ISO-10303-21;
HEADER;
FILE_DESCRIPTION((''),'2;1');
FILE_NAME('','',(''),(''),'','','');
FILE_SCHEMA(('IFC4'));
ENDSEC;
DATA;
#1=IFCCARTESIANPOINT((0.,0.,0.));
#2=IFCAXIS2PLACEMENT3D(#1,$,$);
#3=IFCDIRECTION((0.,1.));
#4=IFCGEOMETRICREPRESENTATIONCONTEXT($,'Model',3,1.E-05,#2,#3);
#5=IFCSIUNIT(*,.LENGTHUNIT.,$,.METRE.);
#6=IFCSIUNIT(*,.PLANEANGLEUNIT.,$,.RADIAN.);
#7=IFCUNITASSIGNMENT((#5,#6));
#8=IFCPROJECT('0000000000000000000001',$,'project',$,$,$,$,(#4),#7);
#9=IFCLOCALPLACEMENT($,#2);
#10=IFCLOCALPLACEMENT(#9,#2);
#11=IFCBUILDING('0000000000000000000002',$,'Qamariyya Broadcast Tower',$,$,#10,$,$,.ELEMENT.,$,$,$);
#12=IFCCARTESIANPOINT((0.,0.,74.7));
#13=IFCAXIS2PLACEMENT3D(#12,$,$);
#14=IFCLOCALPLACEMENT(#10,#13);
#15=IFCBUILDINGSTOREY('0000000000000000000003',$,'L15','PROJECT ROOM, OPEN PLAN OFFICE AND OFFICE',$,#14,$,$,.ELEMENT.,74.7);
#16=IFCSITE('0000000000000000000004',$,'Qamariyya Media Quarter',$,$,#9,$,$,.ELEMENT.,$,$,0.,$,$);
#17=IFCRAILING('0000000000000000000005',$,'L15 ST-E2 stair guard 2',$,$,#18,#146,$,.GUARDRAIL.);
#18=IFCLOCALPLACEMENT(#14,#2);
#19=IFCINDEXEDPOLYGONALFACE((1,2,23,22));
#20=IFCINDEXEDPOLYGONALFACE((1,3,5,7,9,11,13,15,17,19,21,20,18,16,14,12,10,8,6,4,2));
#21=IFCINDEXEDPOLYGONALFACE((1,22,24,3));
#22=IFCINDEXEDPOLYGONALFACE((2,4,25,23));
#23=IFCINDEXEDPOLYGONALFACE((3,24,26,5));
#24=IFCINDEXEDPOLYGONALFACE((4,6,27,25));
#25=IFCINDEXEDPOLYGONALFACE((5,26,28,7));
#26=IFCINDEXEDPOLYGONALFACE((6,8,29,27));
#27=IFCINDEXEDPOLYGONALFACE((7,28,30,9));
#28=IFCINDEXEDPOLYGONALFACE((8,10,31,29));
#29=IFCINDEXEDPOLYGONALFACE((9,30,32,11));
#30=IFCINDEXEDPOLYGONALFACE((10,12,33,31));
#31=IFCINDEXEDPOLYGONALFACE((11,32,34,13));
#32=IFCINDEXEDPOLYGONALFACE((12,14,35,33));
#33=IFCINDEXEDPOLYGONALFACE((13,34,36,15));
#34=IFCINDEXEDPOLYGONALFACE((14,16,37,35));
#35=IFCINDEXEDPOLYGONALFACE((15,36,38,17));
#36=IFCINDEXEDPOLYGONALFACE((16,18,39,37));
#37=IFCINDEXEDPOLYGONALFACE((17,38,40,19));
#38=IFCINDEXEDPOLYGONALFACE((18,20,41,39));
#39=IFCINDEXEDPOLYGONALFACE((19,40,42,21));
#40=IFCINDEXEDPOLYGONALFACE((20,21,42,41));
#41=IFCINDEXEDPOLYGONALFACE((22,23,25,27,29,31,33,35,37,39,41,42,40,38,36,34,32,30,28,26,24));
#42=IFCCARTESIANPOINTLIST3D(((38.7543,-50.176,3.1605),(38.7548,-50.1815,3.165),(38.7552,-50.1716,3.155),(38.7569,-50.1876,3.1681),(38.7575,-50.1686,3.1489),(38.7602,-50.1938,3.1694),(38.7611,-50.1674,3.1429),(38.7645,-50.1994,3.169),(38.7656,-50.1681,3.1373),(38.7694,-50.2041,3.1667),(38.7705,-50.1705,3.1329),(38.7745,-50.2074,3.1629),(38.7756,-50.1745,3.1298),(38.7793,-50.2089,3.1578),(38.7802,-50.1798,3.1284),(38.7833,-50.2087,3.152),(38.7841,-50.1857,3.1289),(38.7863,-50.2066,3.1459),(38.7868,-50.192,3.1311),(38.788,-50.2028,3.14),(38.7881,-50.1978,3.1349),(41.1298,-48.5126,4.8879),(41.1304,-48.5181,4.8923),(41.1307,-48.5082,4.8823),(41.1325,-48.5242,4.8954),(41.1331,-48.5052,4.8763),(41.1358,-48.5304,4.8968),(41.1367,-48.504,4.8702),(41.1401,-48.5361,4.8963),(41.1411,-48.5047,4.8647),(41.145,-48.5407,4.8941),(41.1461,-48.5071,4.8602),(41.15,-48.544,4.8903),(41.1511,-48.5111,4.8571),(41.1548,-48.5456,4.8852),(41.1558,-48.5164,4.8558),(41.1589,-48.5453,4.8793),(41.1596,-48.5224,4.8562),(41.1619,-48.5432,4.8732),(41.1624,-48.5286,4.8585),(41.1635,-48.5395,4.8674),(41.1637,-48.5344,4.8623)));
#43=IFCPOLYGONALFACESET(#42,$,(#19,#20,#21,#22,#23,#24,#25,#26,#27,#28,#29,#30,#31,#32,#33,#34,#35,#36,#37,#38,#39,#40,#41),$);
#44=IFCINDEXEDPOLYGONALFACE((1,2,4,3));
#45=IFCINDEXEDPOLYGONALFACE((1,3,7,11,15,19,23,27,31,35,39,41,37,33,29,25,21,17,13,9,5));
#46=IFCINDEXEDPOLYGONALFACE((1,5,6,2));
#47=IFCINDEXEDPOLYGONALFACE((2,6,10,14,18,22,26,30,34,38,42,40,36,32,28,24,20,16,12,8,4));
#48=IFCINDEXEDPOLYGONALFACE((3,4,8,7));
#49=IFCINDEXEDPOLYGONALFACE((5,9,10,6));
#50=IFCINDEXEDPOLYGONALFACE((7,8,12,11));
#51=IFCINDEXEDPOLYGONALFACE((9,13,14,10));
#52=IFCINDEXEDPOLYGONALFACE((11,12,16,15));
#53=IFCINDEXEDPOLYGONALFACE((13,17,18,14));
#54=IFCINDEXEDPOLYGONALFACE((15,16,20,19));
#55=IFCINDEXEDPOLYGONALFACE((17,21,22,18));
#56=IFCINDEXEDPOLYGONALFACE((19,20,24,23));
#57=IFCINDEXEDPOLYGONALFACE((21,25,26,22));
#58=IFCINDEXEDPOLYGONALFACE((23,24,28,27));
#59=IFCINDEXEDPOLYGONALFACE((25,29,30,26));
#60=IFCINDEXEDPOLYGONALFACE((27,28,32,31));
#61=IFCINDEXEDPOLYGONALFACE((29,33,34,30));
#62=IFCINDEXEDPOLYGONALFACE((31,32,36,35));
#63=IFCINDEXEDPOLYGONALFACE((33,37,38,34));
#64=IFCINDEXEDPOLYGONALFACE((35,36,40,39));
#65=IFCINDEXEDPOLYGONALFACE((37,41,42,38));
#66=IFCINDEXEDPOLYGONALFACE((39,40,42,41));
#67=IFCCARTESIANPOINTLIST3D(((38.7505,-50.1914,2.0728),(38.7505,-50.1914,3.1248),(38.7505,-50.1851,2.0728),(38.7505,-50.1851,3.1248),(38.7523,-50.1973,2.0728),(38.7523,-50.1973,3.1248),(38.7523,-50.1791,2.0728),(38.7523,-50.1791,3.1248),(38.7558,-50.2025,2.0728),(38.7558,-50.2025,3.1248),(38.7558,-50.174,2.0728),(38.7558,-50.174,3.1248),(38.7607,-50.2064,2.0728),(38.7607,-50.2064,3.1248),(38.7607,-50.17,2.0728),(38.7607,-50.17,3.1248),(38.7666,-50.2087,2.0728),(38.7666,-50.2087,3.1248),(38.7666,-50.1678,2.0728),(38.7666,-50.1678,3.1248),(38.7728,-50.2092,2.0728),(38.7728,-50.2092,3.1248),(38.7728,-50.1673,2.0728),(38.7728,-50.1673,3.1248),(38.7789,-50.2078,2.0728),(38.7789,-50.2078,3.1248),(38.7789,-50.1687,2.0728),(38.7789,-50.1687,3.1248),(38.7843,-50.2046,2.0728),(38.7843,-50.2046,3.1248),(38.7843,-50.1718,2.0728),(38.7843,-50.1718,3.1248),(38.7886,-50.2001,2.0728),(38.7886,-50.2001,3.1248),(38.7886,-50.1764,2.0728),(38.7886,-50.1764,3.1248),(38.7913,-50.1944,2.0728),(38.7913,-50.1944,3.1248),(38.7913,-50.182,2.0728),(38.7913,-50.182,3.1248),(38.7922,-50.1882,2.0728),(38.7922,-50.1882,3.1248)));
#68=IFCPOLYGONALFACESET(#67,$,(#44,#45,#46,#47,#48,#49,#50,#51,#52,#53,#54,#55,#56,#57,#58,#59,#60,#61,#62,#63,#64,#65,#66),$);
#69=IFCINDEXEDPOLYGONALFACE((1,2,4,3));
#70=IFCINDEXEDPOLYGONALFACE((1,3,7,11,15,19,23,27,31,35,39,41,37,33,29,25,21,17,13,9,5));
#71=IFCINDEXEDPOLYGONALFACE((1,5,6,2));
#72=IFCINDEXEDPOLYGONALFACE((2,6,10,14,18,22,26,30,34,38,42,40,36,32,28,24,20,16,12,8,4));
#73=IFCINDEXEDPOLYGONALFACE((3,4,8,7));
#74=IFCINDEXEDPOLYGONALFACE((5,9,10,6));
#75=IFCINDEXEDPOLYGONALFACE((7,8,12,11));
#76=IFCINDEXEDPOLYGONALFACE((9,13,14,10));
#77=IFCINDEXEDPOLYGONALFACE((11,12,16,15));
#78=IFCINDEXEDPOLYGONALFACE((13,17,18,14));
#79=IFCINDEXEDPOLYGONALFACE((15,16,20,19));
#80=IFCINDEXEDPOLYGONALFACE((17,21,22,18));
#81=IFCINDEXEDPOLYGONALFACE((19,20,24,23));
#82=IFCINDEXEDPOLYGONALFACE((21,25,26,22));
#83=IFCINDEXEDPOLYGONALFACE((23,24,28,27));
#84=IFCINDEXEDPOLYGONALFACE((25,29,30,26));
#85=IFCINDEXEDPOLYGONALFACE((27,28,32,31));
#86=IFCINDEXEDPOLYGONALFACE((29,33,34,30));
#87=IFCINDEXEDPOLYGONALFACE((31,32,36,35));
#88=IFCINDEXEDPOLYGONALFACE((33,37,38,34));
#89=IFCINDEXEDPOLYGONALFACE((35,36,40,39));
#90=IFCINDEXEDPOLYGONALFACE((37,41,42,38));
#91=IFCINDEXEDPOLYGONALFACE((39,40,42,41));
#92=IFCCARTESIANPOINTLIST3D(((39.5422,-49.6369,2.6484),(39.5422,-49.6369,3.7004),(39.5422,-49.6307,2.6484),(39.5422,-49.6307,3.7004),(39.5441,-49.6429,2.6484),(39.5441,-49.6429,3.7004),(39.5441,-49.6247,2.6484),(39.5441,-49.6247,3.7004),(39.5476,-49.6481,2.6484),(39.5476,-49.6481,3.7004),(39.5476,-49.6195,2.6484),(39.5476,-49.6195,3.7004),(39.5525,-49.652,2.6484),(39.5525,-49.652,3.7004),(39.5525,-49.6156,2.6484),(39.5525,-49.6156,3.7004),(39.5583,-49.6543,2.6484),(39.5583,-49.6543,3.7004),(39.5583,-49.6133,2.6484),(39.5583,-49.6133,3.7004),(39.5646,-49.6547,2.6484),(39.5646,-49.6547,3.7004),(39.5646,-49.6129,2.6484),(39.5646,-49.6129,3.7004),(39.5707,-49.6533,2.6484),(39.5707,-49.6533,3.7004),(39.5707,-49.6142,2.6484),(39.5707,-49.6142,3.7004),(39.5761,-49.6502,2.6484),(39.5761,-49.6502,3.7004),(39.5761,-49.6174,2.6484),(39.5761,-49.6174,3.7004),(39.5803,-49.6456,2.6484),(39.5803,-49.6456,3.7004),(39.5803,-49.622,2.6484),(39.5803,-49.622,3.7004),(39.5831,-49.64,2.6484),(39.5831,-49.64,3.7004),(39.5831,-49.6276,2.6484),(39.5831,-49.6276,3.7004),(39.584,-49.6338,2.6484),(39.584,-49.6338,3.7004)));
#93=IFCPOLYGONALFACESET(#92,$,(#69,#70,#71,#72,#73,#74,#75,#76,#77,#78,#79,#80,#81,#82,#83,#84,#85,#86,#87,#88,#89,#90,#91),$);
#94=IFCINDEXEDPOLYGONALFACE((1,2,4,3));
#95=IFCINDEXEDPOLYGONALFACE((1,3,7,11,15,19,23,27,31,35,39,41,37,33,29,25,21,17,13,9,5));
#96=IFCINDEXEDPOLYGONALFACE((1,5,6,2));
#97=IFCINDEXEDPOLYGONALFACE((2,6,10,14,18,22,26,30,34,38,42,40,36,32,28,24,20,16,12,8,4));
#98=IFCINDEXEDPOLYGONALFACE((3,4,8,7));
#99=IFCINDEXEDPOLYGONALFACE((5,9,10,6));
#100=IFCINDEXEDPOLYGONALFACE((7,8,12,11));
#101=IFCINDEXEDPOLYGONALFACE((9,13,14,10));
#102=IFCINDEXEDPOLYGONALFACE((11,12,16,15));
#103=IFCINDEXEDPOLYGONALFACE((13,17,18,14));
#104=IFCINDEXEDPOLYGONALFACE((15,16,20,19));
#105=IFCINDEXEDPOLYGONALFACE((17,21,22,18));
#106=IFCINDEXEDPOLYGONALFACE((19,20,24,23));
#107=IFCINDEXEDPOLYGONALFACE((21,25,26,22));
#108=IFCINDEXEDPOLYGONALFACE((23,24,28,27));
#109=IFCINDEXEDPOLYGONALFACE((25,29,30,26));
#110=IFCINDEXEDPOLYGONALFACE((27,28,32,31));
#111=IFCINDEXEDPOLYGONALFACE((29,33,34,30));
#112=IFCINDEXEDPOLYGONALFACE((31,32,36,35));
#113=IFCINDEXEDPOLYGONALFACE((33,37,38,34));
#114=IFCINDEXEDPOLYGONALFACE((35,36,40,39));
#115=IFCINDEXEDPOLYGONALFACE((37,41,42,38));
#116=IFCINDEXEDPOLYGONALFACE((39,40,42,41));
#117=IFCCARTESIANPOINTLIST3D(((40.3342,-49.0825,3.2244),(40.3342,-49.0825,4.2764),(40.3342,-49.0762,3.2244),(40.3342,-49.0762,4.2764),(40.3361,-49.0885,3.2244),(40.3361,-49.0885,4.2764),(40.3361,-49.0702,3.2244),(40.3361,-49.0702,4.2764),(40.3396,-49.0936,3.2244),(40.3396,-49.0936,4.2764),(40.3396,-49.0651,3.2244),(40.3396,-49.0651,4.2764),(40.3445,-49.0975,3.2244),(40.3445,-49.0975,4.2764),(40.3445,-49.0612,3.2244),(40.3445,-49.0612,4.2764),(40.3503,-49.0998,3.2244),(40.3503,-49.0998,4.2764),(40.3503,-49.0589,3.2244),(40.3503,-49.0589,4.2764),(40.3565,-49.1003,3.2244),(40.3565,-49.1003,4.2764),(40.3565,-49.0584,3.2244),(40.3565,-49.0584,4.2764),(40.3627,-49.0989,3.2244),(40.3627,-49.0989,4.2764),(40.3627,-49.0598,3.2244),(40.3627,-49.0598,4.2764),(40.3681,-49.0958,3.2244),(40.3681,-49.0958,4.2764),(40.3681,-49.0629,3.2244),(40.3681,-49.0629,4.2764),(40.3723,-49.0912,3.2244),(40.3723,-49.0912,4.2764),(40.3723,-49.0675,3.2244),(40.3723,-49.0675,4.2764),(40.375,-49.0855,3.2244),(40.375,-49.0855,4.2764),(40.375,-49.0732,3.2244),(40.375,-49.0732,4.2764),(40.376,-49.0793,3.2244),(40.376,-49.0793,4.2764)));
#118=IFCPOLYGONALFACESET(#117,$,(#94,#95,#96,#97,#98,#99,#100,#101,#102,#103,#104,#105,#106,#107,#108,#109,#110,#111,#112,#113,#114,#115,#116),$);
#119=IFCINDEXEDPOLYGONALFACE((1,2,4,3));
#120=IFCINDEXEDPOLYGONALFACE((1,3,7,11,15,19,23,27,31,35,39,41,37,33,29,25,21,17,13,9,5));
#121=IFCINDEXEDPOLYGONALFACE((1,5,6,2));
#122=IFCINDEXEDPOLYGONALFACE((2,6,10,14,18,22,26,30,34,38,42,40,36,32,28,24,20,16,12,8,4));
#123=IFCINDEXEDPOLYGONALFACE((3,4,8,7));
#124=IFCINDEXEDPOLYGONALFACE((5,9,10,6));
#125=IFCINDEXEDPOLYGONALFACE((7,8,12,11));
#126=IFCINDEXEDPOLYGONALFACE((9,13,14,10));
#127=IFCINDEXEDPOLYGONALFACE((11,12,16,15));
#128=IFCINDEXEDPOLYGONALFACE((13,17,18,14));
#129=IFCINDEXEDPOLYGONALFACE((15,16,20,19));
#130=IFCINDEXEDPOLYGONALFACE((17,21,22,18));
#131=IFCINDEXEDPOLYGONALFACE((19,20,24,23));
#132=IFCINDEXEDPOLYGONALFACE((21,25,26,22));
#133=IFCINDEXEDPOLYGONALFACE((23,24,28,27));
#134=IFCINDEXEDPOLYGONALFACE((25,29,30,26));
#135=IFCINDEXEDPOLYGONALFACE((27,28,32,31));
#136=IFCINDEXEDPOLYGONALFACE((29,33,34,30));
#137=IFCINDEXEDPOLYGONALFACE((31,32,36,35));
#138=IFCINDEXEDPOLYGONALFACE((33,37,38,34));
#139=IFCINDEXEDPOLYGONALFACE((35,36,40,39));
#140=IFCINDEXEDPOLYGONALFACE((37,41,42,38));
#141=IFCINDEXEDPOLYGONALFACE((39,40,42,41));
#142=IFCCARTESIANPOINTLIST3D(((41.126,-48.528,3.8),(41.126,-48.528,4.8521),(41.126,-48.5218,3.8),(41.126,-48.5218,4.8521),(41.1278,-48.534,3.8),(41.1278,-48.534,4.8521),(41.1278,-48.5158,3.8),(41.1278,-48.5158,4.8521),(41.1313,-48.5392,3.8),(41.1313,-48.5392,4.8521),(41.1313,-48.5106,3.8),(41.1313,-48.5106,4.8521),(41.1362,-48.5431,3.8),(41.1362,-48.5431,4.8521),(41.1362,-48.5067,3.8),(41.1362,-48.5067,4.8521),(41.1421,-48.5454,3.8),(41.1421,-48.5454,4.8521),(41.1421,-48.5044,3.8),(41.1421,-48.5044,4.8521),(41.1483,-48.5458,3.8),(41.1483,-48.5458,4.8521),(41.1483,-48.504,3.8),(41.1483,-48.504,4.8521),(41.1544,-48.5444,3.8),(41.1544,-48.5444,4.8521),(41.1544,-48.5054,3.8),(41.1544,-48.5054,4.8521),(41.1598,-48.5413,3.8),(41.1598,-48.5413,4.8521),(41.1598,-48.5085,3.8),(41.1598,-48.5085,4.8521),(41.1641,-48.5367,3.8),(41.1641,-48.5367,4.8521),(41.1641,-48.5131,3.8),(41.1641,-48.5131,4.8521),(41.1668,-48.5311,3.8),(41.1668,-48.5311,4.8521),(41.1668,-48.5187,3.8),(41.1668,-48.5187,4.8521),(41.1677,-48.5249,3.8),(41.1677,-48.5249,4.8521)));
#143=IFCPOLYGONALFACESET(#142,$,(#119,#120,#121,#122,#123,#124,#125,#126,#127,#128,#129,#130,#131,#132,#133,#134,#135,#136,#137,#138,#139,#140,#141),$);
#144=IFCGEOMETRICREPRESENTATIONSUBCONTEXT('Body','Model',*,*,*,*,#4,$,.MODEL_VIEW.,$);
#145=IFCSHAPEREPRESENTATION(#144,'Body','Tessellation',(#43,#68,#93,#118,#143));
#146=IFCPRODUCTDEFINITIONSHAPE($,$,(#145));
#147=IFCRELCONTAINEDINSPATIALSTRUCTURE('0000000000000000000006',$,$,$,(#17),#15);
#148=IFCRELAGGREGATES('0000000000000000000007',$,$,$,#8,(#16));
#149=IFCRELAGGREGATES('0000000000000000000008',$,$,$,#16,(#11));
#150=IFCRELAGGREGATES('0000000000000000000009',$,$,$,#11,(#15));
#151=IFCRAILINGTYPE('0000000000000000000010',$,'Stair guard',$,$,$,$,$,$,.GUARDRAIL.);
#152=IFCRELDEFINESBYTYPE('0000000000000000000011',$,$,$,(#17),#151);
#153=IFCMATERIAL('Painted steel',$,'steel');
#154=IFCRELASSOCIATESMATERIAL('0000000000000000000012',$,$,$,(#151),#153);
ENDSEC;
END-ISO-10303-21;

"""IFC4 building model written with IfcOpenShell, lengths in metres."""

from ifc_helpers import new_model, si_unit, direction, frame, origin, origin_2d, place, context, subcontext, project, spatial, circle, extrude, material, type_object, element, save


model = new_model("IFC4")

# Units and contexts
model_context = context("Model", 3, precision=1e-05, world=origin(), true_north=direction((0.0, 1.0)))
body_context = subcontext(model_context, "Body", "Model", "MODEL_VIEW")
ifc_project = project(units=[si_unit("LENGTHUNIT", "METRE"), si_unit("PLANEANGLEUNIT", "RADIAN")], contexts=[model_context])

# Site, building, storey
site_placement = place(None, origin())
site = spatial("IfcSite", under=ifc_project, at=site_placement, Name="Qamariyya Media Quarter", CompositionType="ELEMENT", RefElevation=0.0)
building_placement = place(site_placement, origin())
building = spatial("IfcBuilding", under=site, at=building_placement, Name="Qamariyya Broadcast Tower", CompositionType="ELEMENT")
storey_placement = place(building_placement, frame((0.0, 0.0, 74.7)))
storey = spatial("IfcBuildingStorey", under=building, at=storey_placement, Name="L15", Description="PROJECT ROOM, OPEN PLAN OFFICE AND OFFICE", CompositionType="ELEMENT", Elevation=74.7)

# Railing
ifc_material_1 = material(Name="Painted steel", Category="steel")
railing_type_1 = type_object("IfcRailingType", Name="Stair guard", PredefinedType="GUARDRAIL", material=ifc_material_1)
railing_1_placement = place(storey_placement, frame((38.7712, -50.1882, 2.0728)))
element("IfcRailing", 1, at=railing_1_placement, inside=storey, type_object=railing_type_1, Name="L15 ST-E2 stair guard 2", PredefinedType="GUARDRAIL", context=body_context, shape_type="SweptSolid", body=[
    extrude(circle(Radius=0.0239, at=origin_2d()), frame((0.0, 0.0, 1.0762), z_axis=(0.70377, 0.492784, 0.511734), x_axis=(-0.573575, 0.819153, 0.0)), (0.0, 0.0, 1.0), 3.3755),
    extrude(circle(Radius=0.021, at=origin_2d()), origin(), (0.0, 0.0, 1.0), 1.052),
    extrude(circle(Radius=0.021, at=origin_2d()), frame((0.7917, 0.5544, 0.5757)), (0.0, 0.0, 1.0), 1.052),
    extrude(circle(Radius=0.021, at=origin_2d()), frame((1.5837, 1.1089, 1.1516)), (0.0, 0.0, 1.0), 1.052),
    extrude(circle(Radius=0.021, at=origin_2d()), frame((2.3755, 1.6633, 1.7273)), (0.0, 0.0, 1.0), 1.052),
])

save(model, "model.ifc")
